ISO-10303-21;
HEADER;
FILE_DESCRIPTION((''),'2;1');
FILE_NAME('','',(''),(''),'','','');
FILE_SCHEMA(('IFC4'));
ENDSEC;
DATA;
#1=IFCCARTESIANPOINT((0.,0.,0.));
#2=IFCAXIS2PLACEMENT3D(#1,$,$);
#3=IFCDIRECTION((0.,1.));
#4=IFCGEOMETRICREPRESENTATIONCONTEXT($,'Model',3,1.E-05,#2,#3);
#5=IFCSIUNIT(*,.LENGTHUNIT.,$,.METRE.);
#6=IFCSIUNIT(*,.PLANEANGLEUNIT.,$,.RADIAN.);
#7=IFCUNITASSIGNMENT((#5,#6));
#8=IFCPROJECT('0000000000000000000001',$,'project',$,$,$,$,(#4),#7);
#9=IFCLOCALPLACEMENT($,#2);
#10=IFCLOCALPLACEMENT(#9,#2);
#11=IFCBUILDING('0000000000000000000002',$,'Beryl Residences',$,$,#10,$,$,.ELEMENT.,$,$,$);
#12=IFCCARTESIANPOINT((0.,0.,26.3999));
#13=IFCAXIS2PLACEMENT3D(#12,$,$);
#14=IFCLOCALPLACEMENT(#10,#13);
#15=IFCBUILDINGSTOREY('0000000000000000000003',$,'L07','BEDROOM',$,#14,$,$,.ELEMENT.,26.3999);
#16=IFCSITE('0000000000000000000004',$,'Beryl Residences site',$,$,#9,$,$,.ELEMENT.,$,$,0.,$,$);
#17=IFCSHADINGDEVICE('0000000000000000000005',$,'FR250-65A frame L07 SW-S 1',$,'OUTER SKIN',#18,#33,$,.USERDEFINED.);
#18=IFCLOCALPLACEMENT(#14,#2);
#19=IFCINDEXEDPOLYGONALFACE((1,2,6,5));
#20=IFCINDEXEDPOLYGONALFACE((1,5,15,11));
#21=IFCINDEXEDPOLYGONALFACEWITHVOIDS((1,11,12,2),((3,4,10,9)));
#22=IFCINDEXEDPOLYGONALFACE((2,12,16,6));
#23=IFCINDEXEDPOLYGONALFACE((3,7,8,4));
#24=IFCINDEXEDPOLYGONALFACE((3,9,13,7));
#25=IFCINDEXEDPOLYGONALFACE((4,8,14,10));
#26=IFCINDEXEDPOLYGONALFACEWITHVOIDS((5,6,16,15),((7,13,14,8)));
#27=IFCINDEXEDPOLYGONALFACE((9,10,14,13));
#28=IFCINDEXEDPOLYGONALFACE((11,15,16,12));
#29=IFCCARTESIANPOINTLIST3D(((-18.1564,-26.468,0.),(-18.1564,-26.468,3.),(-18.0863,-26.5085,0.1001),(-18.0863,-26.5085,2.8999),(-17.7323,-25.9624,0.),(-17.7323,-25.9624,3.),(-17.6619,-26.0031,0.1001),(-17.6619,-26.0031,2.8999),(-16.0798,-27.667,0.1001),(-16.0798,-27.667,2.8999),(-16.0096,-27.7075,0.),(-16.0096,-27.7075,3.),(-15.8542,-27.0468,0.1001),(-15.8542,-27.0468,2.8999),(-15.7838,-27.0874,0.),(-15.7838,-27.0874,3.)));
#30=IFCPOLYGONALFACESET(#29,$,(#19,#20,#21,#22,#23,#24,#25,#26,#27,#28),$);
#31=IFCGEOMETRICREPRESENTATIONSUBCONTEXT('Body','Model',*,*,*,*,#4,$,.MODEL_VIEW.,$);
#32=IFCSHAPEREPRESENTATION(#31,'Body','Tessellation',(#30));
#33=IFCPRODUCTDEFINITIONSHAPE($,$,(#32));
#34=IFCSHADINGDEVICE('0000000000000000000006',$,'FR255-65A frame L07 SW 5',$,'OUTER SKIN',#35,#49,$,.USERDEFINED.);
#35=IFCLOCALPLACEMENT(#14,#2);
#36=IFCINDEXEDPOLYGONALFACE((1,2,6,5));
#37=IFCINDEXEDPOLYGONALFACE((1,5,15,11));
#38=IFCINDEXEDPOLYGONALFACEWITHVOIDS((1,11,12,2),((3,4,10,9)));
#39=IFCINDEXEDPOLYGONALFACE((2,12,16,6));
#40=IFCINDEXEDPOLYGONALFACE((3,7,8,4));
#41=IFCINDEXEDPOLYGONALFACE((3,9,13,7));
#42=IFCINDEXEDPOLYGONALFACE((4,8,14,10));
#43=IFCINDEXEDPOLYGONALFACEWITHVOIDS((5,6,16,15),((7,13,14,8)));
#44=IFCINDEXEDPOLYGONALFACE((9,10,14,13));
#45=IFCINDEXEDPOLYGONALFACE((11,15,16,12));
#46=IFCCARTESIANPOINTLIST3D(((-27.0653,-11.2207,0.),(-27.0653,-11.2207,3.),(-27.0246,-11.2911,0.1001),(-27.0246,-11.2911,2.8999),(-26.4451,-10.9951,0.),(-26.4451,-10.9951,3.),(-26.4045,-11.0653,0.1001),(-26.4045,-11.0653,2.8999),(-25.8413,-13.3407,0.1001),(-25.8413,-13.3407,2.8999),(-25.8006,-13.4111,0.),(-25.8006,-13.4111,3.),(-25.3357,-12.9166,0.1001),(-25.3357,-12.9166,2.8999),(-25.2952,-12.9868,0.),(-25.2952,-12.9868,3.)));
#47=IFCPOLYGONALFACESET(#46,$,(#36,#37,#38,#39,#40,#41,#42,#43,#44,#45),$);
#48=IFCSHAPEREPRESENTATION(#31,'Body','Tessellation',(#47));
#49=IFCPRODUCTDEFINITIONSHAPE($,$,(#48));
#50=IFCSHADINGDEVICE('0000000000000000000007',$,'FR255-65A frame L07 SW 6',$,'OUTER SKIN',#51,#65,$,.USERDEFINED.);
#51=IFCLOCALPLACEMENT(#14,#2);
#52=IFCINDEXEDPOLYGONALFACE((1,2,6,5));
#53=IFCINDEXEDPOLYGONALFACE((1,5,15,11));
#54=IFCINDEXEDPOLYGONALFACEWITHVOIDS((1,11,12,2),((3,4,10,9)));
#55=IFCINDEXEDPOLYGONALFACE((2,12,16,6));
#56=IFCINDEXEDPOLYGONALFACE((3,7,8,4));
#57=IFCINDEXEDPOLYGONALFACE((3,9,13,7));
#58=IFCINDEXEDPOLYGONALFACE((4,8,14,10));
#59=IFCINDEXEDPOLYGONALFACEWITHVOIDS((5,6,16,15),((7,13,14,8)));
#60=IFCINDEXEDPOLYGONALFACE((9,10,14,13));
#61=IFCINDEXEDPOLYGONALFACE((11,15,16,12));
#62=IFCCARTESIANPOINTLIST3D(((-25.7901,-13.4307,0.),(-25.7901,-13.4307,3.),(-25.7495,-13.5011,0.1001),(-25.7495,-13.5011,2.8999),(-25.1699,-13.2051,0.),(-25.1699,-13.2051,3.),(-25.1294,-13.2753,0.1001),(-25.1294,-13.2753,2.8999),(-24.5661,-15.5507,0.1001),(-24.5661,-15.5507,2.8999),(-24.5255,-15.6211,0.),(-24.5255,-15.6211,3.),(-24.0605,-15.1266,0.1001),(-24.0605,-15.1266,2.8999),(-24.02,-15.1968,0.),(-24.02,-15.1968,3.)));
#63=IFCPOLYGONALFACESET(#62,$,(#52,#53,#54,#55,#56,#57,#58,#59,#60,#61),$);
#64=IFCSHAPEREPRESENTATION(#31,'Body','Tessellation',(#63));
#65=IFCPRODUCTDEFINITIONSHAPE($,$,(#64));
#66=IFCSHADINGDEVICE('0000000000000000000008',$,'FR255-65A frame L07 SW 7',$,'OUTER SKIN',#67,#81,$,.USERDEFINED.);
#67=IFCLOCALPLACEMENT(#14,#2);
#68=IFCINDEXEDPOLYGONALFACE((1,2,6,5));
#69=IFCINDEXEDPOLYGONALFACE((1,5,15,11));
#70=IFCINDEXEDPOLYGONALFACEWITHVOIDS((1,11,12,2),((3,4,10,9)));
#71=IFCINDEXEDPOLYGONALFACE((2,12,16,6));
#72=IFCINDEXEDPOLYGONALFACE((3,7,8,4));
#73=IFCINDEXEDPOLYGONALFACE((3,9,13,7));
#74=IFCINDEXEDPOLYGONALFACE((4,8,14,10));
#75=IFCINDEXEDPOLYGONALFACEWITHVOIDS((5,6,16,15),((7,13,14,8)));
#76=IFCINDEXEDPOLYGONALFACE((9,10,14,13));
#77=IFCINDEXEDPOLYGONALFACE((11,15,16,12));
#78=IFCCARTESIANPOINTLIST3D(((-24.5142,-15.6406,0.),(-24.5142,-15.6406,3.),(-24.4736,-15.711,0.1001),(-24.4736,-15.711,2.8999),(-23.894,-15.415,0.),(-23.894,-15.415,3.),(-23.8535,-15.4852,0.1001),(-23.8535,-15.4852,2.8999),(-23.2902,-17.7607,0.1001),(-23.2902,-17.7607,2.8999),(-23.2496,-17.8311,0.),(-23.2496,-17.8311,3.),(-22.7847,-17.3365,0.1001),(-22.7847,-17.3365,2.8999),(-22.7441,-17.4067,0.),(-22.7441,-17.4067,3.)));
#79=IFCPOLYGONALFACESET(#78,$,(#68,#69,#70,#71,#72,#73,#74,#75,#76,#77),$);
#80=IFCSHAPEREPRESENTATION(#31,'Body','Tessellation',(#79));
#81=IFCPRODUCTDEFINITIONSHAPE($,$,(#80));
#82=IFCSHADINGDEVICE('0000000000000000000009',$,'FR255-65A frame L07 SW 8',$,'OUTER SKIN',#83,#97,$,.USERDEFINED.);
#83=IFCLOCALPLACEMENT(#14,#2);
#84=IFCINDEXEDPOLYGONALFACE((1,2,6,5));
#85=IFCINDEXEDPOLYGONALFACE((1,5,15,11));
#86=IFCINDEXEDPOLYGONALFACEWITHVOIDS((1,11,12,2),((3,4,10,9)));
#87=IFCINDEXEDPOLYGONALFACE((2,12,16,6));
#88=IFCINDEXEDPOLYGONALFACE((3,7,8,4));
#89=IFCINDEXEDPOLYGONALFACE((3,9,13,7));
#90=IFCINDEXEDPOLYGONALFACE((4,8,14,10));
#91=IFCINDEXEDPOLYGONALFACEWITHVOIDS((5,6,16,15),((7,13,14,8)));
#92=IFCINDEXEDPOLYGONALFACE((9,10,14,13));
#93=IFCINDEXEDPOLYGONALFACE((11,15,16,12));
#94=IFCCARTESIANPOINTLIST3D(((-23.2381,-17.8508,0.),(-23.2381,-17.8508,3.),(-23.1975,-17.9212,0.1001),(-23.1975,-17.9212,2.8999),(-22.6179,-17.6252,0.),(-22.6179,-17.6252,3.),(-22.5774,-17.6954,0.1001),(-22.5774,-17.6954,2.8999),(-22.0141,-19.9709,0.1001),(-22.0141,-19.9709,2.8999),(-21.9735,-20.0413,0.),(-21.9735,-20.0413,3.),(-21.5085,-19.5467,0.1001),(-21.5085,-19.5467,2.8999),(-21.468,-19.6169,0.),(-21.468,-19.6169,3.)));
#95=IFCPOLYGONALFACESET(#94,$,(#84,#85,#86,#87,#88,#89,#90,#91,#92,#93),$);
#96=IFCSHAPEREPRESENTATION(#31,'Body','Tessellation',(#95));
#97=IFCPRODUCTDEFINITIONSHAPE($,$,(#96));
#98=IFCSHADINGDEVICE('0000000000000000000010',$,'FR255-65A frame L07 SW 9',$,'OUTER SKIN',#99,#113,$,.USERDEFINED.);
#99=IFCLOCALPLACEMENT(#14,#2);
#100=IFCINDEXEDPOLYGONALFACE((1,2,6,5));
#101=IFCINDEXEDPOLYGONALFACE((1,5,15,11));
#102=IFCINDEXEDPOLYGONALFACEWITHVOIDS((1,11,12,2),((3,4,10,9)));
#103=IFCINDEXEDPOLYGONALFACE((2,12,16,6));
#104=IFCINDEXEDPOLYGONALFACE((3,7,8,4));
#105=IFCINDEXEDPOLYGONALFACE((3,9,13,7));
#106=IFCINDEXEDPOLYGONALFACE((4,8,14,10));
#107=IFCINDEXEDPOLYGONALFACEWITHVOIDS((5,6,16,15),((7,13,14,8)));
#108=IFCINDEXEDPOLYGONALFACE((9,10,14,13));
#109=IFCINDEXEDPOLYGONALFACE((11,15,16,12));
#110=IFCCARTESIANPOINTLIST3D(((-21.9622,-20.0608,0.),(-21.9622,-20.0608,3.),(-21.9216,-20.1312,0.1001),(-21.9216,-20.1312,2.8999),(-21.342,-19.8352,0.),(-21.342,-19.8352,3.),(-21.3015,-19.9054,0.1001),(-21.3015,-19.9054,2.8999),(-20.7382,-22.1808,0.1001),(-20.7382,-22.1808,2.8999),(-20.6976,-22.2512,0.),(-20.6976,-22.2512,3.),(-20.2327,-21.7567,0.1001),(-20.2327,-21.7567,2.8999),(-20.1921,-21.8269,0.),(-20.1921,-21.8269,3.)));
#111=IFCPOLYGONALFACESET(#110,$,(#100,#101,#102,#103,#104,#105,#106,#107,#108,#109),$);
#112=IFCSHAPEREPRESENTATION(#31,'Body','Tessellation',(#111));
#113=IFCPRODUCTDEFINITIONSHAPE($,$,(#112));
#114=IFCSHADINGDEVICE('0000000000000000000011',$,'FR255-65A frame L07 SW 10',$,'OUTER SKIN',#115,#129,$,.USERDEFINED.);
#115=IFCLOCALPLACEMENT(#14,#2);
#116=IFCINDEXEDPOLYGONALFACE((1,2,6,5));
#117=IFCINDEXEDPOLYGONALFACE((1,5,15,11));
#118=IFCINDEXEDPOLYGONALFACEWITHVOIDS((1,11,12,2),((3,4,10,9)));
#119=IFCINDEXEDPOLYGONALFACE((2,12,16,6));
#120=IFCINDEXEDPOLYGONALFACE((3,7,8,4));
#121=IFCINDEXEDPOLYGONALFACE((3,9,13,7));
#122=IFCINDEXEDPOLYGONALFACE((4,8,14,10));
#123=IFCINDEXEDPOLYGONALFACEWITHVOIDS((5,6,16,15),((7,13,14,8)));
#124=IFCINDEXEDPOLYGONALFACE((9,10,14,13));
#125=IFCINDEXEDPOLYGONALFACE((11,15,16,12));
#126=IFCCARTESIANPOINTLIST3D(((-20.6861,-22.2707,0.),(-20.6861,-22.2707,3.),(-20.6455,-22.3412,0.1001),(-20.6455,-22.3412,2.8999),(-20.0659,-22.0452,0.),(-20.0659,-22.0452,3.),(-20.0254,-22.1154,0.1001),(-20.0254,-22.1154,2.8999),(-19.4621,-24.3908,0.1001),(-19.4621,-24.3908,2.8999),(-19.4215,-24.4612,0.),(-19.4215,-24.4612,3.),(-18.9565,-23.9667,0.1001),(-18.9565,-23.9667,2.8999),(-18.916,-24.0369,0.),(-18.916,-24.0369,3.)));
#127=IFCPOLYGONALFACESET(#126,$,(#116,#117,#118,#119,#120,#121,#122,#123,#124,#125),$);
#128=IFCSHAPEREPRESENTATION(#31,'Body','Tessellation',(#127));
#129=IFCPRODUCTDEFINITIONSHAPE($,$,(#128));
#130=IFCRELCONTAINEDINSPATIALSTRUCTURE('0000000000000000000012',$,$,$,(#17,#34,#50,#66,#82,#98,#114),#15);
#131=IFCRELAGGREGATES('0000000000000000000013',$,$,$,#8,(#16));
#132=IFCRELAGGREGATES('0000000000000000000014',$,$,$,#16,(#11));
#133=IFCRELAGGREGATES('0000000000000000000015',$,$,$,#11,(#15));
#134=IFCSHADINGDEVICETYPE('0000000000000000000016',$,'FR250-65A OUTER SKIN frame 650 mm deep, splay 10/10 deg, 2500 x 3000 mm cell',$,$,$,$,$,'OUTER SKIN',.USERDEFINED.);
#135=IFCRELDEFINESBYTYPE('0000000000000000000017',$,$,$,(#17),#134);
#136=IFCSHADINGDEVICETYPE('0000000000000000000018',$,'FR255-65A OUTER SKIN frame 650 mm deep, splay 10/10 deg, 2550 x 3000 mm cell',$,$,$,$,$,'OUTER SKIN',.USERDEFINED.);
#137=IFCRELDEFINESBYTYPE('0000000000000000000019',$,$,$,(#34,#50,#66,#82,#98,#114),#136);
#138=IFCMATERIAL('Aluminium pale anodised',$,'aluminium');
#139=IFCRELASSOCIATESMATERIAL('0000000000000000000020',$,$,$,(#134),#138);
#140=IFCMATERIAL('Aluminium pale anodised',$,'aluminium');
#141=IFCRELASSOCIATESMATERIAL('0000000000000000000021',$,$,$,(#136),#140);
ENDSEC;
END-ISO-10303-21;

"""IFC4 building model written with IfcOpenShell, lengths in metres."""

from ifc_helpers import new_model, entity, si_unit, direction, frame, origin, place, context, subcontext, project, spatial, source, transform, mapped, material, type_object, type_shapes, element, save


model = new_model("IFC4")

# Units and contexts
model_context = context("Model", 3, precision=1e-05, world=origin(), true_north=direction((0.0, 1.0)))
body_context = subcontext(model_context, "Body", "Model", "MODEL_VIEW")
ifc_project = project(units=[si_unit("LENGTHUNIT", "METRE"), si_unit("PLANEANGLEUNIT", "RADIAN")], contexts=[model_context])

# Site, building, storey
site_placement = place(None, origin())
site = spatial("IfcSite", under=ifc_project, at=site_placement, Name="Beryl Residences site", CompositionType="ELEMENT", RefElevation=0.0)
building_placement = place(site_placement, origin())
building = spatial("IfcBuilding", under=site, at=building_placement, Name="Beryl Residences", CompositionType="ELEMENT")
storey_placement = place(building_placement, frame((0.0, 0.0, 26.3999)))
storey = spatial("IfcBuildingStorey", under=building, at=storey_placement, Name="L07", Description="BEDROOM", CompositionType="ELEMENT", Elevation=26.3999)

# Shading devices
ifc_material_1 = material(Name="Aluminium pale anodised", Category="aluminium")
shading_device_type_1 = type_object("IfcShadingDeviceType", Name="FR250-65A OUTER SKIN frame 650 mm deep, splay 10/10 deg, 2500 x 3000 mm cell", ElementType="OUTER SKIN", PredefinedType="USERDEFINED", material=ifc_material_1)
cartesian_point_1 = entity("IfcCartesianPoint", [-1.125, 0.0])
cartesian_point_2 = entity("IfcCartesianPoint", [-1.0437, 0.1001])
cartesian_point_3 = entity("IfcCartesianPoint", [-1.2395, 0.0])
cartesian_point_4 = entity("IfcCartesianPoint", [-1.1584, 0.1001])
shared_shape_1 = source(origin(), body_context, "Body", "SweptSolid", [
    entity("IfcExtrudedAreaSolidTapered", entity("IfcArbitraryProfileDefWithVoids", "AREA", None, entity("IfcPolyline", [cartesian_point_1, entity("IfcCartesianPoint", [1.125, 0.0]), entity("IfcCartesianPoint", [1.125, 3.0]), entity("IfcCartesianPoint", [-1.125, 3.0]), cartesian_point_1]), [entity("IfcPolyline", [cartesian_point_2, entity("IfcCartesianPoint", [1.0437, 0.1001]), entity("IfcCartesianPoint", [1.0437, 2.8999]), entity("IfcCartesianPoint", [-1.0437, 2.8999]), cartesian_point_2])]), entity("IfcAxis2Placement3D", entity("IfcCartesianPoint", [0.0, 0.0, 0.0]), entity("IfcDirection", [0.0, 1.0, 0.0]), entity("IfcDirection", [-1.0, 0.0, 0.0])), entity("IfcDirection", [0.0, 0.0, 1.0]), 0.6499, entity("IfcArbitraryProfileDefWithVoids", "AREA", None, entity("IfcPolyline", [cartesian_point_3, entity("IfcCartesianPoint", [1.2395, 0.0]), entity("IfcCartesianPoint", [1.2395, 3.0]), entity("IfcCartesianPoint", [-1.2395, 3.0]), cartesian_point_3]), [entity("IfcPolyline", [cartesian_point_4, entity("IfcCartesianPoint", [1.1584, 0.1001]), entity("IfcCartesianPoint", [1.1584, 2.8999]), entity("IfcCartesianPoint", [-1.1584, 2.8999]), cartesian_point_4])])),
])
type_shapes(shading_device_type_1, [shared_shape_1])
shading_device_1_placement = place(storey_placement, frame((-16.7581, -26.5249, 0.0), z_axis=(0.0, 0.0, 1.0), x_axis=(-0.866025, 0.5, 0.0)))
element("IfcShadingDevice", 1, at=shading_device_1_placement, inside=storey, type_object=shading_device_type_1, Name="FR250-65A frame L07 SW-S 1", ObjectType="OUTER SKIN", PredefinedType="USERDEFINED", context=body_context, shape_type="MappedRepresentation", body=[
    mapped(shared_shape_1, transform((0.0, 0.0, 0.0))),
])
ifc_material_2 = material(Name="Aluminium pale anodised", Category="aluminium")
shading_device_type_2 = type_object("IfcShadingDeviceType", Name="FR255-65A OUTER SKIN frame 650 mm deep, splay 10/10 deg, 2550 x 3000 mm cell", ElementType="OUTER SKIN", PredefinedType="USERDEFINED", material=ifc_material_2)
cartesian_point_5 = entity("IfcCartesianPoint", [-1.1499, 0.0])
cartesian_point_6 = entity("IfcCartesianPoint", [-1.0688, 0.1001])
cartesian_point_7 = entity("IfcCartesianPoint", [-1.2646, 0.0])
cartesian_point_8 = entity("IfcCartesianPoint", [-1.1833, 0.1001])
shared_shape_2 = source(origin(), body_context, "Body", "SweptSolid", [
    entity("IfcExtrudedAreaSolidTapered", entity("IfcArbitraryProfileDefWithVoids", "AREA", None, entity("IfcPolyline", [cartesian_point_5, entity("IfcCartesianPoint", [1.1499, 0.0]), entity("IfcCartesianPoint", [1.1499, 3.0]), entity("IfcCartesianPoint", [-1.1499, 3.0]), cartesian_point_5]), [entity("IfcPolyline", [cartesian_point_6, entity("IfcCartesianPoint", [1.0688, 0.1001]), entity("IfcCartesianPoint", [1.0688, 2.8999]), entity("IfcCartesianPoint", [-1.0688, 2.8999]), cartesian_point_6])]), entity("IfcAxis2Placement3D", entity("IfcCartesianPoint", [0.0, 0.0, 0.0]), entity("IfcDirection", [0.0, 1.0, 0.0]), entity("IfcDirection", [-1.0, 0.0, 0.0])), entity("IfcDirection", [0.0, 0.0, 1.0]), 0.6499, entity("IfcArbitraryProfileDefWithVoids", "AREA", None, entity("IfcPolyline", [cartesian_point_7, entity("IfcCartesianPoint", [1.2646, 0.0]), entity("IfcCartesianPoint", [1.2646, 3.0]), entity("IfcCartesianPoint", [-1.2646, 3.0]), cartesian_point_7]), [entity("IfcPolyline", [cartesian_point_8, entity("IfcCartesianPoint", [1.1833, 0.1001]), entity("IfcCartesianPoint", [1.1833, 2.8999]), entity("IfcCartesianPoint", [-1.1833, 2.8999]), cartesian_point_8])])),
])
type_shapes(shading_device_type_2, [shared_shape_2])
for number, where, z_axis, x_axis, name in (
    (2, (-25.8701, -11.991, 0.0), (0.0, 0.0, 1.0), (-0.5, 0.866025, 0.0), "FR255-65A frame L07 SW 5"),
    (3, (-24.595, -14.2009, 0.0), (0.0, 0.0, 1.0), (-0.5, 0.866025, 0.0), "FR255-65A frame L07 SW 6"),
    (4, (-23.3191, -16.4109, 0.0), (0.0, 0.0, 1.0), (-0.5, 0.866025, 0.0), "FR255-65A frame L07 SW 7"),
    (5, (-22.043, -18.6211, 0.0), (0.0, 0.0, 1.0), (-0.5, 0.866025, 0.0), "FR255-65A frame L07 SW 8"),
    (6, (-20.7671, -20.8311, 0.0), (0.0, 0.0, 1.0), (-0.5, 0.866025, 0.0), "FR255-65A frame L07 SW 9"),
    (7, (-19.491, -23.041, 0.0), (0.0, 0.0, 1.0), (-0.5, 0.866025, 0.0), "FR255-65A frame L07 SW 10"),
):
    element("IfcShadingDevice", number, at=place(storey_placement, frame(where, z_axis=z_axis, x_axis=x_axis)), inside=storey, type_object=shading_device_type_2, Name=name, ObjectType="OUTER SKIN", PredefinedType="USERDEFINED", context=body_context, shape_type="MappedRepresentation", body=[
        mapped(shared_shape_2, transform((0.0, 0.0, 0.0))),
    ])

save(model, "model.ifc")
